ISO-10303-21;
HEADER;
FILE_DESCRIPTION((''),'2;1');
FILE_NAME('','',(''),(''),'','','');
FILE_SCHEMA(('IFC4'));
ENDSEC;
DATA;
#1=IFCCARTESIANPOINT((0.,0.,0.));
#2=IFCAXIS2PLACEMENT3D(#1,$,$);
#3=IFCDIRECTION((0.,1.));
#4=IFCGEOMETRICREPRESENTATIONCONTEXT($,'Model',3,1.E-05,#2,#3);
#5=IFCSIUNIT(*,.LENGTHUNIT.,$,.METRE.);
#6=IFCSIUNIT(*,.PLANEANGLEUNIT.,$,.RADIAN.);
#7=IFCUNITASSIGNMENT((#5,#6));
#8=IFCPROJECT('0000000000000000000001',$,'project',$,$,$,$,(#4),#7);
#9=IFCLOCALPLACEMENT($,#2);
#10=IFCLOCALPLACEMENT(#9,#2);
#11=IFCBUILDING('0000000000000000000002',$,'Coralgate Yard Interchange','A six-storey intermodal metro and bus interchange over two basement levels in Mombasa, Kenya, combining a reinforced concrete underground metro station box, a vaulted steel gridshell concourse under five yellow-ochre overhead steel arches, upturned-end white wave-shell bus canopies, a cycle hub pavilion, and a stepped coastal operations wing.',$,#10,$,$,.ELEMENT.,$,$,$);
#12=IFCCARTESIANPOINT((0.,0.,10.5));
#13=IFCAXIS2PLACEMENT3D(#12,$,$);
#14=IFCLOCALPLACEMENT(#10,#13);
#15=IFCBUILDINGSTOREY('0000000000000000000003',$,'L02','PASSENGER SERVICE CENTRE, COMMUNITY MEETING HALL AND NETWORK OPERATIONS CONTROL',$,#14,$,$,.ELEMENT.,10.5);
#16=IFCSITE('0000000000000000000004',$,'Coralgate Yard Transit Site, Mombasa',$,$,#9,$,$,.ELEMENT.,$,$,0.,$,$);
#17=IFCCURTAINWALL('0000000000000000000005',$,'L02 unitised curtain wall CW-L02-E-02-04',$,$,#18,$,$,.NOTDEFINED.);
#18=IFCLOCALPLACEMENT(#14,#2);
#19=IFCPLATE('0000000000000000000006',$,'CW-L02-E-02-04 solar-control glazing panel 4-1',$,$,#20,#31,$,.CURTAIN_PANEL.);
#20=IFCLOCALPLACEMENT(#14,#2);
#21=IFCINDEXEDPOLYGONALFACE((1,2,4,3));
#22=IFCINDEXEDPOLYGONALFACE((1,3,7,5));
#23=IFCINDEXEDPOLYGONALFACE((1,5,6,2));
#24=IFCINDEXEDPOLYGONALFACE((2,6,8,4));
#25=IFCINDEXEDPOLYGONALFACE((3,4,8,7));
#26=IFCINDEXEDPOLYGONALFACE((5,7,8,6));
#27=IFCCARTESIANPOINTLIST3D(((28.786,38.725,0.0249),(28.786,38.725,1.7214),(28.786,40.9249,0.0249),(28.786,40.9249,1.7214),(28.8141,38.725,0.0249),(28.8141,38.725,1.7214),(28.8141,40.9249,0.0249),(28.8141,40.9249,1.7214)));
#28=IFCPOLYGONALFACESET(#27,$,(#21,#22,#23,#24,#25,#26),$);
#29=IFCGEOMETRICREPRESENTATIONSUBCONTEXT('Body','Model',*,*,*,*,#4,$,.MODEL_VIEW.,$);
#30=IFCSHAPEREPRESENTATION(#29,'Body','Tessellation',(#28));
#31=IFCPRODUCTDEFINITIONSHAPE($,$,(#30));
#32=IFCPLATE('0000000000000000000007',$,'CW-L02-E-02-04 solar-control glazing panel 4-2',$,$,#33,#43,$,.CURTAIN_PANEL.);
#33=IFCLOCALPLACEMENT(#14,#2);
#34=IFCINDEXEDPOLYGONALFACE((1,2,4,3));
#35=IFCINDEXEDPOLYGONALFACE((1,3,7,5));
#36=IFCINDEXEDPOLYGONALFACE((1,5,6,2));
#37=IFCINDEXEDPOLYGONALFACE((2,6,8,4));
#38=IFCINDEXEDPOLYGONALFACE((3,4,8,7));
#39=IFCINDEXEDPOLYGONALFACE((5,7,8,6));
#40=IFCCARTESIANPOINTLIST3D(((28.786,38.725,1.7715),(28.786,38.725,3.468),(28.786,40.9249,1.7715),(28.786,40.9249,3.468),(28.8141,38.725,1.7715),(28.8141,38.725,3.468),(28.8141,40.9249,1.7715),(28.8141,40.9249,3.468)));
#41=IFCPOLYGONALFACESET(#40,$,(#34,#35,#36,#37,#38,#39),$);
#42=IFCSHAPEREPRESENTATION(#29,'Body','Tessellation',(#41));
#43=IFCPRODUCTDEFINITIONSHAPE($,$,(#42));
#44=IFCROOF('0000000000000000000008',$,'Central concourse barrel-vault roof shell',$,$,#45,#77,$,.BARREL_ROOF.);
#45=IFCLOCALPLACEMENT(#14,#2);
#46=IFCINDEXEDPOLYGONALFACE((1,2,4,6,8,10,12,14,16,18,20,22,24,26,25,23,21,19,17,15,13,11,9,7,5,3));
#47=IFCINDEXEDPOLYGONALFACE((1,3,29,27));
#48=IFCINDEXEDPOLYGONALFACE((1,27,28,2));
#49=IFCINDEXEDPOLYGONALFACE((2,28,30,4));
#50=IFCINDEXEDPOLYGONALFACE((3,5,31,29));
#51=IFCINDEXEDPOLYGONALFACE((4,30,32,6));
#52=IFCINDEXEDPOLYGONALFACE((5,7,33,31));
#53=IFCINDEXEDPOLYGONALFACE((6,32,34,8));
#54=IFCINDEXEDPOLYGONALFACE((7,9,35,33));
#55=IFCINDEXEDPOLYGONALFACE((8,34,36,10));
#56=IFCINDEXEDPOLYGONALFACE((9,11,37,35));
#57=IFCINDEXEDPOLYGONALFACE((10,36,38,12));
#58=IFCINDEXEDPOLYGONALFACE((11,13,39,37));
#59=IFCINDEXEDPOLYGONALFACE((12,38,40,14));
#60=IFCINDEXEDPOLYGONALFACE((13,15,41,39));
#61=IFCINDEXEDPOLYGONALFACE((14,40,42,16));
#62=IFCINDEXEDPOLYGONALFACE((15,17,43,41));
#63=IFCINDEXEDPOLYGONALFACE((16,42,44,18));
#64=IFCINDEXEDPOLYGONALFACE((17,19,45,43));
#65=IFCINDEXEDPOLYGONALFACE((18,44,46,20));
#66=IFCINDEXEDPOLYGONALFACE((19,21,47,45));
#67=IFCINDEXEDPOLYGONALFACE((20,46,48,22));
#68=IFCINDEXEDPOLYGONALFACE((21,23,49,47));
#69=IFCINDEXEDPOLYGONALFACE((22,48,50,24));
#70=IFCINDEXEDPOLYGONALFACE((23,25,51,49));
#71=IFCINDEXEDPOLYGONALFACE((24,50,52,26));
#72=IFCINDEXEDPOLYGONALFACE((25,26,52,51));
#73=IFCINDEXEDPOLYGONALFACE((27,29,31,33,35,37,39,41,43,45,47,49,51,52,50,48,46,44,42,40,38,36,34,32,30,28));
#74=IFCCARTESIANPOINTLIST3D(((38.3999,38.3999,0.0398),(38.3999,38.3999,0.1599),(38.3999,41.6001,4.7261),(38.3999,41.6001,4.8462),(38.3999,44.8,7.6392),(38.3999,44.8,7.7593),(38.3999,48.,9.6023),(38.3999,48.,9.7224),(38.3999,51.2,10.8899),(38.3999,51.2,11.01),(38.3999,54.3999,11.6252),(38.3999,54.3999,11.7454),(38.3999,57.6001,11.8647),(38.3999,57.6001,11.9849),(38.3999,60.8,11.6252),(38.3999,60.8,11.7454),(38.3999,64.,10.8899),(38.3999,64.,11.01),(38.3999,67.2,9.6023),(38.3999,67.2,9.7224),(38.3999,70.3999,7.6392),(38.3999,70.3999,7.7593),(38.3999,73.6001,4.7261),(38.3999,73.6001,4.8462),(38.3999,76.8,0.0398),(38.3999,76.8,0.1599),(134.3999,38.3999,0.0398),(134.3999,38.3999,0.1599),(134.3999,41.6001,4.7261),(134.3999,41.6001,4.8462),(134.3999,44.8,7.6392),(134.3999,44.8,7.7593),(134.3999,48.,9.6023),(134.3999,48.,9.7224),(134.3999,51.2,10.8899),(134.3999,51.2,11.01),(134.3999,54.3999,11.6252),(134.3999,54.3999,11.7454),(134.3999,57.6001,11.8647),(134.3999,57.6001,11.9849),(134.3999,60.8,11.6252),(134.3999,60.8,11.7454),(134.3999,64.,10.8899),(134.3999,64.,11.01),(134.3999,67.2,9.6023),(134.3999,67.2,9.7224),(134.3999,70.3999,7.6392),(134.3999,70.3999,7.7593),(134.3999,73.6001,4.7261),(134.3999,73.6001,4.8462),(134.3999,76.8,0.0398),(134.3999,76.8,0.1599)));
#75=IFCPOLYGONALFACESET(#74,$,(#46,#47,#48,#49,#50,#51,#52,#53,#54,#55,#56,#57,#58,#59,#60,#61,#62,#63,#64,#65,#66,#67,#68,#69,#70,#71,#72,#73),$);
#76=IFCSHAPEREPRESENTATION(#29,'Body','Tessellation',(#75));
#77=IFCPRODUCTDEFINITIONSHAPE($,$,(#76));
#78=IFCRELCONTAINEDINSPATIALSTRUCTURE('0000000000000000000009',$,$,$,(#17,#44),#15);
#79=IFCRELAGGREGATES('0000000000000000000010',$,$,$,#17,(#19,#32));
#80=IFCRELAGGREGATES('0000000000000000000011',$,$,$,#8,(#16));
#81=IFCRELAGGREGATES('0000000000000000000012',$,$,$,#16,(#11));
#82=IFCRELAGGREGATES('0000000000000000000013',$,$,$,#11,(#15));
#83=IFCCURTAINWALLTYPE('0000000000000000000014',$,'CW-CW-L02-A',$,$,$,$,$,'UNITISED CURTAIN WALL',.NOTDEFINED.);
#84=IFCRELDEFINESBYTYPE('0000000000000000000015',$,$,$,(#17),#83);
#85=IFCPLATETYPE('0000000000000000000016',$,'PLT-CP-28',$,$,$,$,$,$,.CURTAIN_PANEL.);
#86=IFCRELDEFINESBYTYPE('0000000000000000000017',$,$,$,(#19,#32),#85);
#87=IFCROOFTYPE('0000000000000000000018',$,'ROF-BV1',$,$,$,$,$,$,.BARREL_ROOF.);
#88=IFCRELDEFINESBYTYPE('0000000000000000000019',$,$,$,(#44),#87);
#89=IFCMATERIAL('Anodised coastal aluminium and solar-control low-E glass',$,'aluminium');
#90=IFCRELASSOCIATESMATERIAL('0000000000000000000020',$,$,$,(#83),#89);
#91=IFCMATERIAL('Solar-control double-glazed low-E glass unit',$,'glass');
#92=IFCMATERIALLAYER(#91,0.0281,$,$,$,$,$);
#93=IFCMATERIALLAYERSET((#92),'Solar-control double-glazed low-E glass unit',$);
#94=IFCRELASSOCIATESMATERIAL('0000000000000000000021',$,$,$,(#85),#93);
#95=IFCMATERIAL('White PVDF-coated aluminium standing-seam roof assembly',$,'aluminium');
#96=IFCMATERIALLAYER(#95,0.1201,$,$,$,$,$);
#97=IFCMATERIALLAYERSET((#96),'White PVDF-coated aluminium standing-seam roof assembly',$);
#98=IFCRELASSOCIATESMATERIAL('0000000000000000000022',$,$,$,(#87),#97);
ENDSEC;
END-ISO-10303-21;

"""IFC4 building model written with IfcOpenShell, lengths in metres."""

from ifc_helpers import new_model, si_unit, direction, frame, origin, origin_2d, place, context, subcontext, project, spatial, polyline, rectangle, outline, extrude, material, layer, layer_set, type_object, element, aggregate, save


model = new_model("IFC4")

# Units and contexts
model_context = context("Model", 3, precision=1e-05, world=origin(), true_north=direction((0.0, 1.0)))
body_context = subcontext(model_context, "Body", "Model", "MODEL_VIEW")
ifc_project = project(units=[si_unit("LENGTHUNIT", "METRE"), si_unit("PLANEANGLEUNIT", "RADIAN")], contexts=[model_context])

# Site, building, storey
site_placement = place(None, origin())
site = spatial("IfcSite", under=ifc_project, at=site_placement, Name="Coralgate Yard Transit Site, Mombasa", CompositionType="ELEMENT", RefElevation=0.0)
building_placement = place(site_placement, origin())
building = spatial("IfcBuilding", under=site, at=building_placement, Name="Coralgate Yard Interchange", Description="A six-storey intermodal metro and bus interchange over two basement levels in Mombasa, Kenya, combining a reinforced concrete underground metro station box, a vaulted steel gridshell concourse under five yellow-ochre overhead steel arches, upturned-end white wave-shell bus canopies, a cycle hub pavilion, and a stepped coastal operations wing.", CompositionType="ELEMENT")
storey_placement = place(building_placement, frame((0.0, 0.0, 10.5)))
storey = spatial("IfcBuildingStorey", under=building, at=storey_placement, Name="L02", Description="PASSENGER SERVICE CENTRE, COMMUNITY MEETING HALL AND NETWORK OPERATIONS CONTROL", CompositionType="ELEMENT", Elevation=10.5)

# Curtain wall
ifc_material_1 = material(Name="Anodised coastal aluminium and solar-control low-E glass", Category="aluminium")
curtain_wall_type_1 = type_object("IfcCurtainWallType", Name="CW-CW-L02-A", ElementType="UNITISED CURTAIN WALL", PredefinedType="NOTDEFINED", material=ifc_material_1)
curtain_wall_1_placement = place(storey_placement, origin())
curtain_wall_1 = element("IfcCurtainWall", 1, at=curtain_wall_1_placement, inside=storey, type_object=curtain_wall_type_1, Name="L02 unitised curtain wall CW-L02-E-02-04", PredefinedType="NOTDEFINED")

# Plates
ifc_material_2 = material(Name="Solar-control double-glazed low-E glass unit", Category="glass")
ifc_layer_1 = layer(ifc_material_2, 0.0281)
ifc_layer_set_1 = layer_set([ifc_layer_1], Name="Solar-control double-glazed low-E glass unit")
plate_type = type_object("IfcPlateType", Name="PLT-CP-28", PredefinedType="CURTAIN_PANEL", material=ifc_layer_set_1)
plate_1_placement = place(storey_placement, frame((28.8, 39.825, 0.0249), z_axis=(0.0, 0.0, 1.0), x_axis=(0.0, -1.0, 0.0)))
plate_1 = element("IfcPlate", 2, at=plate_1_placement, type_object=plate_type, Name="CW-L02-E-02-04 solar-control glazing panel 4-1", PredefinedType="CURTAIN_PANEL", context=body_context, shape_type="SweptSolid", body=[
    extrude(rectangle(XDim=2.2, YDim=0.0281, at=origin_2d()), origin(), (0.0, 0.0, 1.0), 1.6965),
])
plate_2_placement = place(storey_placement, frame((28.8, 39.825, 1.7715), z_axis=(0.0, 0.0, 1.0), x_axis=(0.0, -1.0, 0.0)))
plate_2 = element("IfcPlate", 3, at=plate_2_placement, type_object=plate_type, Name="CW-L02-E-02-04 solar-control glazing panel 4-2", PredefinedType="CURTAIN_PANEL", context=body_context, shape_type="SweptSolid", body=[
    extrude(rectangle(XDim=2.2, YDim=0.0281, at=origin_2d()), origin(), (0.0, 0.0, 1.0), 1.6965),
])
aggregate(curtain_wall_1, [plate_1, plate_2])

# Roof
ifc_material_3 = material(Name="White PVDF-coated aluminium standing-seam roof assembly", Category="aluminium")
ifc_layer_2 = layer(ifc_material_3, 0.1201)
ifc_layer_set_2 = layer_set([ifc_layer_2], Name="White PVDF-coated aluminium standing-seam roof assembly")
roof_type = type_object("IfcRoofType", Name="ROF-BV1", PredefinedType="BARREL_ROOF", material=ifc_layer_set_2)
roof_placement = place(storey_placement, frame((38.3999, 38.3999, 0.1599), z_axis=(1.0, 0.0, 0.0), x_axis=(0.0, 1.0, 0.0)))
element("IfcRoof", 4, at=roof_placement, inside=storey, type_object=roof_type, Name="Central concourse barrel-vault roof shell", PredefinedType="BARREL_ROOF", context=body_context, shape_type="SweptSolid", body=[
    extrude(outline(polyline([(0.0, 0.0), (3.2002, 4.6863), (6.4001, 7.5994), (9.6001, 9.5625), (12.8, 10.8501), (16.0, 11.5854), (19.2002, 11.825), (22.4001, 11.5854), (25.6001, 10.8501), (28.8, 9.5625), (32.0, 7.5994), (35.2002, 4.6863), (38.4001, 0.0), (38.4001, -0.1201), (35.2002, 4.5662), (32.0, 7.4792), (28.8, 9.4424), (25.6001, 10.73), (22.4001, 11.4653), (19.2002, 11.7048), (16.0, 11.4653), (12.8, 10.73), (9.6001, 9.4424), (6.4001, 7.4792), (3.2002, 4.5662), (0.0, -0.1201), (0.0, 0.0)])), origin(), (0.0, 0.0, 1.0), 96.0),
])

save(model, "model.ifc")
